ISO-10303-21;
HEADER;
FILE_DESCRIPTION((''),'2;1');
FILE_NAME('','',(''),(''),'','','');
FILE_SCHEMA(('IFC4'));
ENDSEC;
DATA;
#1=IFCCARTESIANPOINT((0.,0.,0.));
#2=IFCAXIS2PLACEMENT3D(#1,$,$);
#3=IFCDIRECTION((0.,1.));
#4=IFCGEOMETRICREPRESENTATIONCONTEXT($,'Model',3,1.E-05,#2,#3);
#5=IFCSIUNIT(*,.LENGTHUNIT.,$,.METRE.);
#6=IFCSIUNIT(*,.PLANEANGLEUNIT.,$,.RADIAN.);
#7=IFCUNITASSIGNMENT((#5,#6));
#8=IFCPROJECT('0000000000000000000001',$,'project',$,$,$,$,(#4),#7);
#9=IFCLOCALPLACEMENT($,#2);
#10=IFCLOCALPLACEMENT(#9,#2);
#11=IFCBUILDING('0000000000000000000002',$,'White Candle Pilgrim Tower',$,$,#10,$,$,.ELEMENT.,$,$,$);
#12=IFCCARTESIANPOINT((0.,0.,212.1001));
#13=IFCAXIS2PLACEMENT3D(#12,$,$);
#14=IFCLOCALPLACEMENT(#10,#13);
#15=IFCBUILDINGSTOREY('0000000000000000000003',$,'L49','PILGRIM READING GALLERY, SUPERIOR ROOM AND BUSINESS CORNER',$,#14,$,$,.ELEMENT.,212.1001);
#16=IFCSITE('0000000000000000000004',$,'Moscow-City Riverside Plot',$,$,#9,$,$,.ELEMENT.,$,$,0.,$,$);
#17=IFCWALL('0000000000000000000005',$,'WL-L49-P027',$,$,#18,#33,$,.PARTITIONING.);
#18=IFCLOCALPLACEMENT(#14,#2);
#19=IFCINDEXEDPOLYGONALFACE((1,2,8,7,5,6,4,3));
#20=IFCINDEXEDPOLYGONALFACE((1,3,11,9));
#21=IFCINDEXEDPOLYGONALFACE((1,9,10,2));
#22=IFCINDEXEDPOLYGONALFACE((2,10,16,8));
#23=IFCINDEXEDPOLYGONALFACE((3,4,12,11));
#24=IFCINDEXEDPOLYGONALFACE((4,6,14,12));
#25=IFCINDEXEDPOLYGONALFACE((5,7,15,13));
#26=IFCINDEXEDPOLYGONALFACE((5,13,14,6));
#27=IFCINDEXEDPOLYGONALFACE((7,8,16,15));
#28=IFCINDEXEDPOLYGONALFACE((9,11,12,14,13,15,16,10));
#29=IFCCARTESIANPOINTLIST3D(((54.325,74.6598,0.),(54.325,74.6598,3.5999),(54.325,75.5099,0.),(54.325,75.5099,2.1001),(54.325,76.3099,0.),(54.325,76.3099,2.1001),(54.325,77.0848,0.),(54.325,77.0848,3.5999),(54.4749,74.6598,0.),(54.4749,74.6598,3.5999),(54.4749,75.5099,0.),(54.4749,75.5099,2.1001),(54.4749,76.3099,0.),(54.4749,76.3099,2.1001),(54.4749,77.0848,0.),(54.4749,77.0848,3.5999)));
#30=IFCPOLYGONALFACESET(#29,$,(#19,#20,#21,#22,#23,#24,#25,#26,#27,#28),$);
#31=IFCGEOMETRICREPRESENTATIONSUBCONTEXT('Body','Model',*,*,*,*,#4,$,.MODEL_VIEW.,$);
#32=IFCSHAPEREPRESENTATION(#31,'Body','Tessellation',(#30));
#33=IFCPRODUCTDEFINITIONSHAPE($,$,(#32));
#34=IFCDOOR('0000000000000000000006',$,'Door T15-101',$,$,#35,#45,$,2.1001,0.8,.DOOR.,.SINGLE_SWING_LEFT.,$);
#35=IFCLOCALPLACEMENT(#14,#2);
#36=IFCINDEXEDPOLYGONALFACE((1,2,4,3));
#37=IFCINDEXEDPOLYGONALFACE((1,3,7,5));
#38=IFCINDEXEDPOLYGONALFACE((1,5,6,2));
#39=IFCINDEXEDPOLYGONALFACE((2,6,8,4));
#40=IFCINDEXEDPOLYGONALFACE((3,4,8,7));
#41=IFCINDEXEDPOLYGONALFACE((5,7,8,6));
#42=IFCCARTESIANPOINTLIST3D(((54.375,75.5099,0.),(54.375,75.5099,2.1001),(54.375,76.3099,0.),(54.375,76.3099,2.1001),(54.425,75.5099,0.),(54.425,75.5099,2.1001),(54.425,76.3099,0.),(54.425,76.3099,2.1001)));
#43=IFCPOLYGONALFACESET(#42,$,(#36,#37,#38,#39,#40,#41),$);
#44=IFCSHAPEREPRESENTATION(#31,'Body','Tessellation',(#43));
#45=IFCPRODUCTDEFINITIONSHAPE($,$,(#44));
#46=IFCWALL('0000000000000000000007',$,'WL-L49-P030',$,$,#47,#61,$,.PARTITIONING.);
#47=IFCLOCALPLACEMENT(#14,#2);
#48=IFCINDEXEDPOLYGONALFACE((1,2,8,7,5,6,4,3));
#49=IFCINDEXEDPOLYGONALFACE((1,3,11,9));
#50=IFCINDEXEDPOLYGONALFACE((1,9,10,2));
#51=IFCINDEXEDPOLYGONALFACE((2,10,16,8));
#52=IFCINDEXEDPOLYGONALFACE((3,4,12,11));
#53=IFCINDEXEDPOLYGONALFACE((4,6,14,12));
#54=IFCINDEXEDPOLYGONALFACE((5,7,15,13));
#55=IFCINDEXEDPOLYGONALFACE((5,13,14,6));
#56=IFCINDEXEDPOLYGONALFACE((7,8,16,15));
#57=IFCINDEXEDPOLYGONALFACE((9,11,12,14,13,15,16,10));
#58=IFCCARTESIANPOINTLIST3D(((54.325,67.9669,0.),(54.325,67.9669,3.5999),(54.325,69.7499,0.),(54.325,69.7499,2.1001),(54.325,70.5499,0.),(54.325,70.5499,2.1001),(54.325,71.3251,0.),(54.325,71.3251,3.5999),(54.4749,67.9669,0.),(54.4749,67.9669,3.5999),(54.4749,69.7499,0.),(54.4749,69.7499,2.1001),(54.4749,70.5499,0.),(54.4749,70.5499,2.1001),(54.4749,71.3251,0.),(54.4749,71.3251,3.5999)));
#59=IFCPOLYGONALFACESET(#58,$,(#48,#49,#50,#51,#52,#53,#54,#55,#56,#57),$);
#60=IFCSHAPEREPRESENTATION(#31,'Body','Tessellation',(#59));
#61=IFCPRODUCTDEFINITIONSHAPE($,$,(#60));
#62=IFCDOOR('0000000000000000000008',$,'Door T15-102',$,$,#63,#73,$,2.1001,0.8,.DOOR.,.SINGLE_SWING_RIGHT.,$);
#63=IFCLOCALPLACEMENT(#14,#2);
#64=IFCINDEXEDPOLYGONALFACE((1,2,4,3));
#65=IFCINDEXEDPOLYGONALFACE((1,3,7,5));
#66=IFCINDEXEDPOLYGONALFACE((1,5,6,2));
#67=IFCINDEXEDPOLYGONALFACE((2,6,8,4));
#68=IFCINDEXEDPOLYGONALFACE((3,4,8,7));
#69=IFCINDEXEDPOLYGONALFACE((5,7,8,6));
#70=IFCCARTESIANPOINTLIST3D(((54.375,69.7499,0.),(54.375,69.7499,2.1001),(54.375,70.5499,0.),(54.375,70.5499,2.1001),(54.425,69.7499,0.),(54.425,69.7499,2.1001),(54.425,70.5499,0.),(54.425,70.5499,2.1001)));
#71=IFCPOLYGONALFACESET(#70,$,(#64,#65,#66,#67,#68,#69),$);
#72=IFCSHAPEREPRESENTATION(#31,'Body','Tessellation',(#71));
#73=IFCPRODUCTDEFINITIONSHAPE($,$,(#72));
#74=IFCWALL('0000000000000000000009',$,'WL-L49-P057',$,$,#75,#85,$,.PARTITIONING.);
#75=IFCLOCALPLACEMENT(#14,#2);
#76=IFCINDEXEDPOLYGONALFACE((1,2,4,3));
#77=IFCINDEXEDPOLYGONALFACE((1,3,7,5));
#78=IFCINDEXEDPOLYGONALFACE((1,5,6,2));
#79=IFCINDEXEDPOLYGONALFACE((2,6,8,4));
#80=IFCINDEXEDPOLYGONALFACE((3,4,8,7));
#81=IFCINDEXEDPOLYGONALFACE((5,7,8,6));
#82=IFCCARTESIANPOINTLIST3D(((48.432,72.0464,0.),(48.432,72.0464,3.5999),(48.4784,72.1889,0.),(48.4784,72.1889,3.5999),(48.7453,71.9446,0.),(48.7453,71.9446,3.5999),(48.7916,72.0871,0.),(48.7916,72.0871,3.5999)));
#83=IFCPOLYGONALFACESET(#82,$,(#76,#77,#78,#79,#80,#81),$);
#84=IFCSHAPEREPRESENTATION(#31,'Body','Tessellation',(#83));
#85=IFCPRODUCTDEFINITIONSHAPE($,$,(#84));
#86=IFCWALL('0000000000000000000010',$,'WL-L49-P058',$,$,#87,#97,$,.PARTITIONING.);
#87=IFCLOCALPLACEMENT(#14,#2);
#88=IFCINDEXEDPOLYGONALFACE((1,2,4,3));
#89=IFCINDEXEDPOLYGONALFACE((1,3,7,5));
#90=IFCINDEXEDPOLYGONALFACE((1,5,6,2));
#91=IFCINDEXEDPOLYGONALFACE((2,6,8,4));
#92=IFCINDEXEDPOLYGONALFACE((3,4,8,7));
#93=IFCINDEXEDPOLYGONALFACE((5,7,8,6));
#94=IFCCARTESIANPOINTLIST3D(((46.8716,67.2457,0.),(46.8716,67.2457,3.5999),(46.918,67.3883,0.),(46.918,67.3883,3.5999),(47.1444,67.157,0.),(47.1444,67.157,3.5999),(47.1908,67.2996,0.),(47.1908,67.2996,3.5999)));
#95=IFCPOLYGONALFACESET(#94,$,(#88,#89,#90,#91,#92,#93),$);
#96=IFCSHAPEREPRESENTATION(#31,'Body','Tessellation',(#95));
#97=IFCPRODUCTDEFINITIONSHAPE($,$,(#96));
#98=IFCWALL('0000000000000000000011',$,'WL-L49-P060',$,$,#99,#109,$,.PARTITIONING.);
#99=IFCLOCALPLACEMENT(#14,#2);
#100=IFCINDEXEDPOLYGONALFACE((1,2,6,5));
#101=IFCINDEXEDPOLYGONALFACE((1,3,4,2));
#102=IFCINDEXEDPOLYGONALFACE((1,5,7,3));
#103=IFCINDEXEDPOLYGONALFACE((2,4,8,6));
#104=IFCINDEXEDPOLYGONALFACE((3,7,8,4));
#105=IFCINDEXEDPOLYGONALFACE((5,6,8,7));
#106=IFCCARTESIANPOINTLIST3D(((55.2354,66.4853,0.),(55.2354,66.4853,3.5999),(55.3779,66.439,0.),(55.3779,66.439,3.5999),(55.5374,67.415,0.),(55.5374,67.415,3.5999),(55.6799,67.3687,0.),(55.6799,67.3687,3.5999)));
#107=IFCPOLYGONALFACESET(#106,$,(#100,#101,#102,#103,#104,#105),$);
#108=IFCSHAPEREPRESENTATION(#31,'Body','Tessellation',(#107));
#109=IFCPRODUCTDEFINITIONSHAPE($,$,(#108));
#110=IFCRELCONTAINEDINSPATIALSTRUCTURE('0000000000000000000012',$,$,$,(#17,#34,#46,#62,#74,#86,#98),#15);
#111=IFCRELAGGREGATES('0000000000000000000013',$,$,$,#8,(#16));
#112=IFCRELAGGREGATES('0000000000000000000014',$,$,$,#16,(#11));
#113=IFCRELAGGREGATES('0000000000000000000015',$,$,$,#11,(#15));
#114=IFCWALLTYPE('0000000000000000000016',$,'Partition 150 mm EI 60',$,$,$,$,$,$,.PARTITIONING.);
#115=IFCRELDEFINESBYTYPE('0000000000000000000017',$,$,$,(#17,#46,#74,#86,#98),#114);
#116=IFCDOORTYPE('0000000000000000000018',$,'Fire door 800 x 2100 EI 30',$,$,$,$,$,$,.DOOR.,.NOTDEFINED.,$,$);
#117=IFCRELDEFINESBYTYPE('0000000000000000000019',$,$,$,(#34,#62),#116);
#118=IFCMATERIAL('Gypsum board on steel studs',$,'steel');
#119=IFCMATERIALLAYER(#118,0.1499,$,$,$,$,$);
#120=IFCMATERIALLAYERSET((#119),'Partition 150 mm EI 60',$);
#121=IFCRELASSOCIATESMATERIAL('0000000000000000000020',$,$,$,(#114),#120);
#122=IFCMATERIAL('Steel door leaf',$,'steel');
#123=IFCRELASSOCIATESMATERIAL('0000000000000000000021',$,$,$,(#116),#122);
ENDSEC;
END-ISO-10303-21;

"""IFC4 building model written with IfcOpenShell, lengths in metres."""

from ifc_helpers import new_model, si_unit, direction, frame, frame_2d, origin, place, context, subcontext, project, spatial, rectangle, extrude, material, layer, layer_set, type_object, element, fill, save


model = new_model("IFC4")

# Units and contexts
model_context = context("Model", 3, precision=1e-05, world=origin(), true_north=direction((0.0, 1.0)))
body_context = subcontext(model_context, "Body", "Model", "MODEL_VIEW")
ifc_project = project(units=[si_unit("LENGTHUNIT", "METRE"), si_unit("PLANEANGLEUNIT", "RADIAN")], contexts=[model_context])

# Site, building, storey
site_placement = place(None, origin())
site = spatial("IfcSite", under=ifc_project, at=site_placement, Name="Moscow-City Riverside Plot", CompositionType="ELEMENT", RefElevation=0.0)
building_placement = place(site_placement, origin())
building = spatial("IfcBuilding", under=site, at=building_placement, Name="White Candle Pilgrim Tower", CompositionType="ELEMENT")
storey_placement = place(building_placement, frame((0.0, 0.0, 212.1001)))
storey = spatial("IfcBuildingStorey", under=building, at=storey_placement, Name="L49", Description="PILGRIM READING GALLERY, SUPERIOR ROOM AND BUSINESS CORNER", CompositionType="ELEMENT", Elevation=212.1001)

# Shared definitions
ifc_material_1 = material(Name="Steel door leaf", Category="steel")

# Shared definitions
ifc_material_2 = material(Name="Gypsum board on steel studs", Category="steel")
ifc_layer_1 = layer(ifc_material_2, 0.1499)
ifc_layer_set_1 = layer_set([ifc_layer_1], Name="Partition 150 mm EI 60")
wall_type_1 = type_object("IfcWallType", Name="Partition 150 mm EI 60", PredefinedType="PARTITIONING", material=ifc_layer_set_1)

# Walls, openings, doors
wall_1_placement = place(storey_placement, frame((54.3999, 74.6599, 0.0), z_axis=(0.0, 0.0, 1.0), x_axis=(0.0, 1.0, 0.0)))
wall_1 = element("IfcWall", 1, at=wall_1_placement, inside=storey, type_object=wall_type_1, Name="WL-L49-P027", PredefinedType="PARTITIONING", context=body_context, shape_type="SweptSolid", body=[
    extrude(rectangle(XDim=2.425, YDim=0.1499, at=frame_2d((1.2124, 0.0))), origin(), (0.0, 0.0, 1.0), 3.5999),
])
opening_1_placement = place(wall_1_placement, frame((0.8501, 0.0, 0.0)))
opening_1 = element("IfcOpeningElement", 2, at=opening_1_placement, cuts=wall_1, PredefinedType="OPENING", context=body_context, shape_type="SweptSolid", body=[
    extrude(rectangle(XDim=0.8, YDim=2.1001, at=frame_2d((0.3999, 1.05))), frame((0.0, 0.085, 0.0), z_axis=(0.0, -1.0, 0.0), x_axis=(1.0, 0.0, 0.0)), (0.0, 0.0, 1.0), 0.1699),
])
door_type_1 = type_object("IfcDoorType", Name="Fire door 800 x 2100 EI 30", OperationType="NOTDEFINED", PredefinedType="DOOR", material=ifc_material_1)
door_1_placement = place(opening_1_placement, origin())
door_1 = element("IfcDoor", 3, at=door_1_placement, inside=storey, type_object=door_type_1, Name="Door T15-101", OperationType="SINGLE_SWING_LEFT", OverallHeight=2.1001, OverallWidth=0.8, PredefinedType="DOOR", context=body_context, shape_type="SweptSolid", body=[
    extrude(rectangle(XDim=0.8, YDim=2.1001, at=frame_2d((0.3999, 1.05))), frame((0.0, 0.0249, 0.0), z_axis=(0.0, -1.0, 0.0), x_axis=(1.0, 0.0, 0.0)), (0.0, 0.0, 1.0), 0.05),
])
fill(opening_1, door_1)
wall_2_placement = place(storey_placement, frame((54.3999, 67.9668, 0.0), z_axis=(0.0, 0.0, 1.0), x_axis=(0.0, 1.0, 0.0)))
wall_2 = element("IfcWall", 4, at=wall_2_placement, inside=storey, type_object=wall_type_1, Name="WL-L49-P030", PredefinedType="PARTITIONING", context=body_context, shape_type="SweptSolid", body=[
    extrude(rectangle(XDim=3.3582, YDim=0.1499, at=frame_2d((1.6792, 0.0))), origin(), (0.0, 0.0, 1.0), 3.5999),
])
opening_2_placement = place(wall_2_placement, frame((1.7832, 0.0, 0.0)))
opening_2 = element("IfcOpeningElement", 5, at=opening_2_placement, cuts=wall_2, PredefinedType="OPENING", context=body_context, shape_type="SweptSolid", body=[
    extrude(rectangle(XDim=0.8, YDim=2.1001, at=frame_2d((0.3999, 1.05))), frame((0.0, 0.085, 0.0), z_axis=(0.0, -1.0, 0.0), x_axis=(1.0, 0.0, 0.0)), (0.0, 0.0, 1.0), 0.1699),
])
door_2_placement = place(opening_2_placement, origin())
door_2 = element("IfcDoor", 6, at=door_2_placement, inside=storey, type_object=door_type_1, Name="Door T15-102", OperationType="SINGLE_SWING_RIGHT", OverallHeight=2.1001, OverallWidth=0.8, PredefinedType="DOOR", context=body_context, shape_type="SweptSolid", body=[
    extrude(rectangle(XDim=0.8, YDim=2.1001, at=frame_2d((0.3999, 1.05))), frame((0.0, 0.0249, 0.0), z_axis=(0.0, -1.0, 0.0), x_axis=(1.0, 0.0, 0.0)), (0.0, 0.0, 1.0), 0.05),
])
fill(opening_2, door_2)

# Walls
wall_3_placement = place(storey_placement, frame((48.7683, 72.0159, 0.0), z_axis=(0.0, 0.0, 1.0), x_axis=(-0.951029, 0.309103, 0.0)))
element("IfcWall", 7, at=wall_3_placement, inside=storey, type_object=wall_type_1, Name="WL-L49-P057", PredefinedType="PARTITIONING", context=body_context, shape_type="SweptSolid", body=[
    extrude(rectangle(XDim=0.3293, YDim=0.1499, at=frame_2d((0.1646, 0.0))), origin(), (0.0, 0.0, 1.0), 3.5999),
])
wall_4_placement = place(storey_placement, frame((47.1677, 67.2283, 0.0), z_axis=(0.0, 0.0, 1.0), x_axis=(-0.95104, 0.309067, 0.0)))
element("IfcWall", 8, at=wall_4_placement, inside=storey, type_object=wall_type_1, Name="WL-L49-P058", PredefinedType="PARTITIONING", context=body_context, shape_type="SweptSolid", body=[
    extrude(rectangle(XDim=0.2869, YDim=0.1499, at=frame_2d((0.1436, 0.0))), origin(), (0.0, 0.0, 1.0), 3.5999),
])
wall_5_placement = place(storey_placement, frame((55.3066, 66.4622, 0.0), z_axis=(0.0, 0.0, 1.0), x_axis=(0.308951, 0.951078, 0.0)))
element("IfcWall", 9, at=wall_5_placement, inside=storey, type_object=wall_type_1, Name="WL-L49-P060", PredefinedType="PARTITIONING", context=body_context, shape_type="SweptSolid", body=[
    extrude(rectangle(XDim=0.9775, YDim=0.1499, at=frame_2d((0.4888, 0.0))), origin(), (0.0, 0.0, 1.0), 3.5999),
])

save(model, "model.ifc")
